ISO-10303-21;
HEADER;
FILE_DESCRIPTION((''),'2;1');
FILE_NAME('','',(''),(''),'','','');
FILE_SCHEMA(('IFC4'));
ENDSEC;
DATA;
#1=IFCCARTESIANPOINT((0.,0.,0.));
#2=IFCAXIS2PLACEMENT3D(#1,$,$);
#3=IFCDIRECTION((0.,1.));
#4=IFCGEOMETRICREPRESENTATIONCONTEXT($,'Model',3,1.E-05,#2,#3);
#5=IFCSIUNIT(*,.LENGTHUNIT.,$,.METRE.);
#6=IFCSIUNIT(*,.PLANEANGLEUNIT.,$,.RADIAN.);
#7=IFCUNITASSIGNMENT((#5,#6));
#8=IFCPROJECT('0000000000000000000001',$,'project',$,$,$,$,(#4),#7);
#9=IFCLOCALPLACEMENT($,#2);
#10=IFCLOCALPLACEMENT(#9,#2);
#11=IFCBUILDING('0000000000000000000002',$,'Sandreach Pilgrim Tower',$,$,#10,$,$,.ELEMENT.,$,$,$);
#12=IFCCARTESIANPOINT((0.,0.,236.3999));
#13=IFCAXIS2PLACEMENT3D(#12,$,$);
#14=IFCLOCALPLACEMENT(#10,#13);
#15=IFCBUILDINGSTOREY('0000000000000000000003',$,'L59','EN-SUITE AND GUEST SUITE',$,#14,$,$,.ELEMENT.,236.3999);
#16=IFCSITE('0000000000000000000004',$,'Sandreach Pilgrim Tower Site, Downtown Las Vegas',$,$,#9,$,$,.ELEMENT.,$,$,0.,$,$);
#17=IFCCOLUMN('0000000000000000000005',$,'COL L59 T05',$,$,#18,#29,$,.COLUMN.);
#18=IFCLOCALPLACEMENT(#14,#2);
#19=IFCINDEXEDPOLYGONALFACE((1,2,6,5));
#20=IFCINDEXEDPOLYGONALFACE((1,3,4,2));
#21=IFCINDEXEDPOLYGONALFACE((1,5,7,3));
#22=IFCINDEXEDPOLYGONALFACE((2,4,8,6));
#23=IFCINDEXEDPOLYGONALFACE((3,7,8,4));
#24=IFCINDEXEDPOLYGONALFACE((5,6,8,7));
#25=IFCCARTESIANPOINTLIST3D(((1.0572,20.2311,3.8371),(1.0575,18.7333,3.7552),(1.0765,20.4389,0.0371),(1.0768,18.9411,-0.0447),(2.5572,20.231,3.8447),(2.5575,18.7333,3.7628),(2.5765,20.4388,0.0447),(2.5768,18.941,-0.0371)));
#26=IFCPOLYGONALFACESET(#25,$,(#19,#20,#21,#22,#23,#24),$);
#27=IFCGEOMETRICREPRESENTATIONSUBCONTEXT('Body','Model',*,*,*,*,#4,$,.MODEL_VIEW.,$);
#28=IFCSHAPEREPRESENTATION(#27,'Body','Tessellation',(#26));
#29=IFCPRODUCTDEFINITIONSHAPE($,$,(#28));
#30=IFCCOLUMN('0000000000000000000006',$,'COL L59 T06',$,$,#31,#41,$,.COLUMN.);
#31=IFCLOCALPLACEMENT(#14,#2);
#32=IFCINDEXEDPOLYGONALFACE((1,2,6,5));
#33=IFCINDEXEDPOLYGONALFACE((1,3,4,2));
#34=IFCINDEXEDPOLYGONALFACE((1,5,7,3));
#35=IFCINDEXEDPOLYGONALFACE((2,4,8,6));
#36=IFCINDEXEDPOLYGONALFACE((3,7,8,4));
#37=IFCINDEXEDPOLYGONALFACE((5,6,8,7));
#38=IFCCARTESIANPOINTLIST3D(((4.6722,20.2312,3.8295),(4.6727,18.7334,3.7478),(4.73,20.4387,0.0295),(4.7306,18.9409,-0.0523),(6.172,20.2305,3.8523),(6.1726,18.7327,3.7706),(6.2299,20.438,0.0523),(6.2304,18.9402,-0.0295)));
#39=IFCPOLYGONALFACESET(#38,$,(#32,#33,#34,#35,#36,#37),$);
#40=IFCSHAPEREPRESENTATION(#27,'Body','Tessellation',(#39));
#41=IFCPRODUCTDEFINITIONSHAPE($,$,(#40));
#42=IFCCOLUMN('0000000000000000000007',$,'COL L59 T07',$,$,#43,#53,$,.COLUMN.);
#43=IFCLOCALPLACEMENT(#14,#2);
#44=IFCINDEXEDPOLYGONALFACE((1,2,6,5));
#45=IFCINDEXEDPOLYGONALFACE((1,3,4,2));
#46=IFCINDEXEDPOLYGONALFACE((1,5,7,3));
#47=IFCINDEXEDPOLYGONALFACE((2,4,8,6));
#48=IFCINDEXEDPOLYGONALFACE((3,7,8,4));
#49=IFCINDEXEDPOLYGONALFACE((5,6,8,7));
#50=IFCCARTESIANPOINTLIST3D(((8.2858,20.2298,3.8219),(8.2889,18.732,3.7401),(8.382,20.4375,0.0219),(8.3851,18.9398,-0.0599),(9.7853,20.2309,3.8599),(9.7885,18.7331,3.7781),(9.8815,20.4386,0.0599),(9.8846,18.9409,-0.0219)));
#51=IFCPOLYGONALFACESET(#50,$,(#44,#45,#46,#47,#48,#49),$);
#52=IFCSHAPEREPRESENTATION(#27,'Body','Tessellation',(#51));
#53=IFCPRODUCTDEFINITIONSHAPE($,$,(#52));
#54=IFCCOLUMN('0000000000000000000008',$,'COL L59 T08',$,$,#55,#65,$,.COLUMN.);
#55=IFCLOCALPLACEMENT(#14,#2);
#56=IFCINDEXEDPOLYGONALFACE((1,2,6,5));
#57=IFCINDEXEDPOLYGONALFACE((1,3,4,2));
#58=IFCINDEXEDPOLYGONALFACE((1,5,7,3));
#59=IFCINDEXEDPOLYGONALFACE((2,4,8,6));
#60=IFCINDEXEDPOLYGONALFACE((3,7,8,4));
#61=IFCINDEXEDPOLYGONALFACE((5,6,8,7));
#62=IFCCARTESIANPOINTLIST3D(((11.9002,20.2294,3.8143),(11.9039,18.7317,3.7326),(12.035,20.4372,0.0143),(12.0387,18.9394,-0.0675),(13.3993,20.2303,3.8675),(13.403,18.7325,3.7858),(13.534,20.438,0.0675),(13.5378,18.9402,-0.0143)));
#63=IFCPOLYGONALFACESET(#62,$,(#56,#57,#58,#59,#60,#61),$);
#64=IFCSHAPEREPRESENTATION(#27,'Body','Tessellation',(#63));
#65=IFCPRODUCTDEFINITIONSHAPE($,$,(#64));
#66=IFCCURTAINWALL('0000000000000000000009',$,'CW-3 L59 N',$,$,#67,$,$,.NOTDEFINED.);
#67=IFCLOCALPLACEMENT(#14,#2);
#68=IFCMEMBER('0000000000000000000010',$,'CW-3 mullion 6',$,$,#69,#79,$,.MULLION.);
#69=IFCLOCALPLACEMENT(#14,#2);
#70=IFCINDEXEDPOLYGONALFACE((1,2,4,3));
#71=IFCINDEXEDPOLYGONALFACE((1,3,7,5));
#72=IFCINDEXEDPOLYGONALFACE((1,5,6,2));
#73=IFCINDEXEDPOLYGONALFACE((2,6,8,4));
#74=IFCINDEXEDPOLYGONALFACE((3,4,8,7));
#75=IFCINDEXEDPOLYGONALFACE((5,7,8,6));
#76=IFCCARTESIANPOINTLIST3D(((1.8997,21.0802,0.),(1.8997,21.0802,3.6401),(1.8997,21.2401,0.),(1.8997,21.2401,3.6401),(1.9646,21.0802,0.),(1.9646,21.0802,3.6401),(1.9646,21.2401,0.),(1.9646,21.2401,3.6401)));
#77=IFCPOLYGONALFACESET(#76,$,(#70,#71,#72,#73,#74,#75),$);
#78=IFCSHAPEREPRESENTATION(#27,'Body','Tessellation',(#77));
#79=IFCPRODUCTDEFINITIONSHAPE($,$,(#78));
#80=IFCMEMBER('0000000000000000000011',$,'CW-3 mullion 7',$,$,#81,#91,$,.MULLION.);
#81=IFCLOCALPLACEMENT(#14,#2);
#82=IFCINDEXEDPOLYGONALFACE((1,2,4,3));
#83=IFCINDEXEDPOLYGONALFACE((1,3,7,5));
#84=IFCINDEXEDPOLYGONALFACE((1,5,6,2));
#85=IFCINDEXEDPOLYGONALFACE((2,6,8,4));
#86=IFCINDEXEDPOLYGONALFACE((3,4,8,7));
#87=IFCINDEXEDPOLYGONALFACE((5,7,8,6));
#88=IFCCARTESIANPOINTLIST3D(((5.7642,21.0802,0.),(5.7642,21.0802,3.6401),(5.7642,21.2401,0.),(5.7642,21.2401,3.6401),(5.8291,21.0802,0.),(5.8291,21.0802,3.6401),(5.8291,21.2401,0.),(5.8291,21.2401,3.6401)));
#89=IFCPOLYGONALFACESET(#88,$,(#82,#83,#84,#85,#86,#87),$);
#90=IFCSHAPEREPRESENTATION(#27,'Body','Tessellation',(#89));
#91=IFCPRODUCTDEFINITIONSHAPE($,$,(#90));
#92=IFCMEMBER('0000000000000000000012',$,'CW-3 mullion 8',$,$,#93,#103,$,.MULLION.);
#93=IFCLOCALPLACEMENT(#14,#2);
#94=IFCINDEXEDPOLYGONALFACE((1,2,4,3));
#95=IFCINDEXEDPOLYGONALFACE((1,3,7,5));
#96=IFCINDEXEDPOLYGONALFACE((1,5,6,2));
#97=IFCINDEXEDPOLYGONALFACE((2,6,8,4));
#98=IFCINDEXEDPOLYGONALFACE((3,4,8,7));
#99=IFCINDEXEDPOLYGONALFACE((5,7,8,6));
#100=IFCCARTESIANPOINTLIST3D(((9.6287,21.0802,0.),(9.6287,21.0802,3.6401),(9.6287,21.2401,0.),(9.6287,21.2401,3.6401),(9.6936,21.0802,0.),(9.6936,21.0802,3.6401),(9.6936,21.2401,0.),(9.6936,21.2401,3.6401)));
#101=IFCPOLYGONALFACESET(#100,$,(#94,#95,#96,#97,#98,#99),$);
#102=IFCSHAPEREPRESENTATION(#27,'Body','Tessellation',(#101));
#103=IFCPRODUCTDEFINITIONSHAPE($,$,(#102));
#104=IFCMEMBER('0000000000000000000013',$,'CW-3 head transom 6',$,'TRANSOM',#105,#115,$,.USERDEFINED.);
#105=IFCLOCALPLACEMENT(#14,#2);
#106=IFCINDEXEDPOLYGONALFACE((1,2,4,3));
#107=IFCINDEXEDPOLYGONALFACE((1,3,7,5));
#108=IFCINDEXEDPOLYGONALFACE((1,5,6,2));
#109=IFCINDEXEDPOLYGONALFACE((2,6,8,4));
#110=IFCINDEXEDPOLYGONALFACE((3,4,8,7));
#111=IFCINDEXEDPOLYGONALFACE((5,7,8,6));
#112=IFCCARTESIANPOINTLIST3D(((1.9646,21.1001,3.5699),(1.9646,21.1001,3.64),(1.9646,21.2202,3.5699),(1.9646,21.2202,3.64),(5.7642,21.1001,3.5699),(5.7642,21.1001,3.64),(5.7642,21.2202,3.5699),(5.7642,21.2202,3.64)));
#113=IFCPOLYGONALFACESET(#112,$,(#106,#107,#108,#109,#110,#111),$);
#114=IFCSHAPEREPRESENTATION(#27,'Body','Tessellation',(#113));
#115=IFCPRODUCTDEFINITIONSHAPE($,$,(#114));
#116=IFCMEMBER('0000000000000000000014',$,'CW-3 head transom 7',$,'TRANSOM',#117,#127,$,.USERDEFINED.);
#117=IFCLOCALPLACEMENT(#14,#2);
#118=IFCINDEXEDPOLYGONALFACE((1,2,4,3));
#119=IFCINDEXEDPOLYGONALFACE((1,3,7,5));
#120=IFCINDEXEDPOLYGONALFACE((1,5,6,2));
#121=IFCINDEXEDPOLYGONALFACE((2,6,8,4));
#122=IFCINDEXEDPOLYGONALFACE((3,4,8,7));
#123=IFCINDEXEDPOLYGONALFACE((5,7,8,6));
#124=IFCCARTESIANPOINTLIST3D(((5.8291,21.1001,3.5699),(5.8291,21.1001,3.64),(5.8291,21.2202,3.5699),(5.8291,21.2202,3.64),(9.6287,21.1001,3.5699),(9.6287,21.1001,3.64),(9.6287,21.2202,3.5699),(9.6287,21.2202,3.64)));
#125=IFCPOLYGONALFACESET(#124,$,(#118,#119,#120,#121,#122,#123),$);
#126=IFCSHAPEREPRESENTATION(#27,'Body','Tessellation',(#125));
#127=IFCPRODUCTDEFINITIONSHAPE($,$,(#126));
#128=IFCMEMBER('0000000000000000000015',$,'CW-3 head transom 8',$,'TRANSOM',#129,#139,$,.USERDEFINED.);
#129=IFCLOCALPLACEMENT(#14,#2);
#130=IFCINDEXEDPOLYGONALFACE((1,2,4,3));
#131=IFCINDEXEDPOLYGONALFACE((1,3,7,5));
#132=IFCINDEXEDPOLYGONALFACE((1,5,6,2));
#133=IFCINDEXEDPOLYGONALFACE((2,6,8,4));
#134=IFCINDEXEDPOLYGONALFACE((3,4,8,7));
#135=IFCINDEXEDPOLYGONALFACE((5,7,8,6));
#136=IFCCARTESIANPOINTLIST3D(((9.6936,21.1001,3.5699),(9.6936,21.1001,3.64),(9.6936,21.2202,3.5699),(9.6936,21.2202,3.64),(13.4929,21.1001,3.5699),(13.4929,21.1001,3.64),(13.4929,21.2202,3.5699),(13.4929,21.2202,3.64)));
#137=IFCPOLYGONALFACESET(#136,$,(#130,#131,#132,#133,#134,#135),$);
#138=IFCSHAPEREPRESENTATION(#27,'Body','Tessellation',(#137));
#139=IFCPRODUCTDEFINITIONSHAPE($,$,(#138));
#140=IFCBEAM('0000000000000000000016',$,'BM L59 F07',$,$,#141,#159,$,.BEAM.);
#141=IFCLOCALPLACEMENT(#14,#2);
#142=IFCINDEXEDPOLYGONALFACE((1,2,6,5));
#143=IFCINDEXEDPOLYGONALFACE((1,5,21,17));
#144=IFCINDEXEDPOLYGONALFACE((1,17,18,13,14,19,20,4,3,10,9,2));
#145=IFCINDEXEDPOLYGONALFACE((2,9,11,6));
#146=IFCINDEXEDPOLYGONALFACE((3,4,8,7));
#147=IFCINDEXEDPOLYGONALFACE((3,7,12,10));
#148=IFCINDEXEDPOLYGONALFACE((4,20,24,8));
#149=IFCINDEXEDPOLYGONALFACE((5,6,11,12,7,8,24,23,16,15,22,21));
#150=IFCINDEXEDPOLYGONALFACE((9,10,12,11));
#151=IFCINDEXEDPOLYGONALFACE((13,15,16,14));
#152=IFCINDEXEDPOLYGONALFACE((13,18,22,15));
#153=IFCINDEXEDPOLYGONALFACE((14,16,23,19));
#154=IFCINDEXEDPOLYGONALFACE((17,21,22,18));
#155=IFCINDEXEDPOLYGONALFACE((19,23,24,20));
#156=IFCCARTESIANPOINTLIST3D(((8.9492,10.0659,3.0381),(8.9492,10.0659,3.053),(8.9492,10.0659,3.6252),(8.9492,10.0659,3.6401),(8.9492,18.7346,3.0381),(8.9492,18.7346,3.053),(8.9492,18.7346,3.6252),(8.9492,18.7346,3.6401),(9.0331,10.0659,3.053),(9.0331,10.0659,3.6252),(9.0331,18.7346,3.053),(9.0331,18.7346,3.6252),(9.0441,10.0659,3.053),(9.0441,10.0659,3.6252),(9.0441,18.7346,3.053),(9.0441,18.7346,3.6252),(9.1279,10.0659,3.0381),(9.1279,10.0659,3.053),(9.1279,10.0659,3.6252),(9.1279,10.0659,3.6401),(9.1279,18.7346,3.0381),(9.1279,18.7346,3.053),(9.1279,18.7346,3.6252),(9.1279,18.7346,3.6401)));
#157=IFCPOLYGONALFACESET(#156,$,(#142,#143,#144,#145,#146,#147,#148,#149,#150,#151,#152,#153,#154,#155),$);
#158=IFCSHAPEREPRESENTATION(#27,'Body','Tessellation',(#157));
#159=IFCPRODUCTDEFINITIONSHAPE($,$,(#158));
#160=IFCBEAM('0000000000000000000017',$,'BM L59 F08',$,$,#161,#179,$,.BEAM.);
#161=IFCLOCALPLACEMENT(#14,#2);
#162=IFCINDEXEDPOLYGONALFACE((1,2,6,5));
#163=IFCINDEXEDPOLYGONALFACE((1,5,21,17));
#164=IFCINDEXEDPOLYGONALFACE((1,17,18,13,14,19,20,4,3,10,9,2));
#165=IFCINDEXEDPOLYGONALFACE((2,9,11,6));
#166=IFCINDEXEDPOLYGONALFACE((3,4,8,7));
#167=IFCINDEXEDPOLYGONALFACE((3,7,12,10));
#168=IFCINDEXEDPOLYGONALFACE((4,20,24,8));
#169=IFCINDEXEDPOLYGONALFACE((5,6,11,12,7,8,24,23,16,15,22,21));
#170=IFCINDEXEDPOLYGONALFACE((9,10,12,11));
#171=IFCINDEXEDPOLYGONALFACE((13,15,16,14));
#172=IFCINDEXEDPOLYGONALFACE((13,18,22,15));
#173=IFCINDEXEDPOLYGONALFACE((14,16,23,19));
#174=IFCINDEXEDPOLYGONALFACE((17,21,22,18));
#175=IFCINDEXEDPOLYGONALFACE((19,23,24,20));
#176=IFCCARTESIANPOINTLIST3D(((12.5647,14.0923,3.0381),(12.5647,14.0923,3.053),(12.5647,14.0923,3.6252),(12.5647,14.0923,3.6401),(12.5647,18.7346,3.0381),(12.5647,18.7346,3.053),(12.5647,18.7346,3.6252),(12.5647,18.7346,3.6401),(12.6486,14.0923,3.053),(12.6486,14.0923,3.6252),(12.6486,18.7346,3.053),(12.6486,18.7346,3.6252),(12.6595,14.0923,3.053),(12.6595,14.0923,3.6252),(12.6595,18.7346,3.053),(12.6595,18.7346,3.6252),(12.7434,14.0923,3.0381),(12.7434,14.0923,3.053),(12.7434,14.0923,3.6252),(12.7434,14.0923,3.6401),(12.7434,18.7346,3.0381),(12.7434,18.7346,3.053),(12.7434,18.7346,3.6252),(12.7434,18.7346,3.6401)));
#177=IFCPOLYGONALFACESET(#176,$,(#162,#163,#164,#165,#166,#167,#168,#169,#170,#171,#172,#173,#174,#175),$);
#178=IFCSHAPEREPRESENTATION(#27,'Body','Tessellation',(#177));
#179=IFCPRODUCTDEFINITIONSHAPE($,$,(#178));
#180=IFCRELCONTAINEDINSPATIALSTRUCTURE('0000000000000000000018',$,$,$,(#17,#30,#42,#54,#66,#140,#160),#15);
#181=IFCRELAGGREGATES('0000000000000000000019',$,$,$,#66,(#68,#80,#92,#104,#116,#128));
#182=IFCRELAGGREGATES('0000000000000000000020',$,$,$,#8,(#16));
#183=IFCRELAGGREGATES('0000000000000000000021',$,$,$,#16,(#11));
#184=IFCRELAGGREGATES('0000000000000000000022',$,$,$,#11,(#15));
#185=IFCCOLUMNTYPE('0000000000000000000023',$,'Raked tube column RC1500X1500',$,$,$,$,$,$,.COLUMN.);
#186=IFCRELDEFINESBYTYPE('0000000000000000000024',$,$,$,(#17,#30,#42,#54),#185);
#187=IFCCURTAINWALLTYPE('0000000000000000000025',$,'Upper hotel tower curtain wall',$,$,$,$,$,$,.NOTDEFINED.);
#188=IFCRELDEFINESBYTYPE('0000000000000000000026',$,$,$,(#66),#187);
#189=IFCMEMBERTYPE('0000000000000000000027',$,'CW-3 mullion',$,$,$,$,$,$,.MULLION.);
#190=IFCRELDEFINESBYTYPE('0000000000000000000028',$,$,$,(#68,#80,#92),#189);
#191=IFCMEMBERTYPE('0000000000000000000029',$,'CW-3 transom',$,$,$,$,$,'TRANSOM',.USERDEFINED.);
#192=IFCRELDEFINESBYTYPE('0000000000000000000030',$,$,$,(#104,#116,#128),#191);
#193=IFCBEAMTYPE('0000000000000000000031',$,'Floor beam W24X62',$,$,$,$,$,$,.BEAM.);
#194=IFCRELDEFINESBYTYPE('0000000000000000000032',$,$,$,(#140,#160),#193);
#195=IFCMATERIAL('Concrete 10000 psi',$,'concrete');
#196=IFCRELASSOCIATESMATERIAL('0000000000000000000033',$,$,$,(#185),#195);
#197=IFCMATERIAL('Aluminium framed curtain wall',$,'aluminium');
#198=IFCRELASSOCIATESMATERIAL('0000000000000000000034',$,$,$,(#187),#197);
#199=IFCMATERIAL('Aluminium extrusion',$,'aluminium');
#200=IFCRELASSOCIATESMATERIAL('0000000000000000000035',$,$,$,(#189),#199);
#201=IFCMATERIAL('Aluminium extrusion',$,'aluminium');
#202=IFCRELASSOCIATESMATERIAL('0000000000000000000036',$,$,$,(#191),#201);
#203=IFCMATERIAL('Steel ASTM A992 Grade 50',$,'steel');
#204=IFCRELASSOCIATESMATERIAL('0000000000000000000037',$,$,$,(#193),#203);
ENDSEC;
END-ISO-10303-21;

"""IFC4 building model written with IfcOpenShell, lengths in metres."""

from ifc_helpers import new_model, si_unit, direction, frame, origin, origin_2d, place, context, subcontext, project, spatial, rectangle, i_section, extrude, material, material_profile, profile_set, type_object, element, aggregate, save


model = new_model("IFC4")

# Units and contexts
model_context = context("Model", 3, precision=1e-05, world=origin(), true_north=direction((0.0, 1.0)))
body_context = subcontext(model_context, "Body", "Model", "MODEL_VIEW")
ifc_project = project(units=[si_unit("LENGTHUNIT", "METRE"), si_unit("PLANEANGLEUNIT", "RADIAN")], contexts=[model_context])

# Site, building, storey
site_placement = place(None, origin())
site = spatial("IfcSite", under=ifc_project, at=site_placement, Name="Sandreach Pilgrim Tower Site, Downtown Las Vegas", CompositionType="ELEMENT", RefElevation=0.0)
building_placement = place(site_placement, origin())
building = spatial("IfcBuilding", under=site, at=building_placement, Name="Sandreach Pilgrim Tower", CompositionType="ELEMENT")
storey_placement = place(building_placement, frame((0.0, 0.0, 236.3999)))
storey = spatial("IfcBuildingStorey", under=building, at=storey_placement, Name="L59", Description="EN-SUITE AND GUEST SUITE", CompositionType="ELEMENT", Elevation=236.3999)

# Columns
ifc_material_1 = material(Name="Concrete 10000 psi", Category="concrete")
ifc_material_profile_1 = material_profile(ifc_material_1, rectangle(XDim=1.5, YDim=1.5, at=origin_2d()), Name="RC1500X1500")
ifc_profile_set_1 = profile_set([ifc_material_profile_1], Name="Concrete 10000 psi")
column_type = type_object("IfcColumnType", Name="Raked tube column RC1500X1500", PredefinedType="COLUMN", material=ifc_profile_set_1)
column_1_placement = place(storey_placement, frame((1.8267, 19.6899, 0.0), z_axis=(-0.005068, -0.054592, 0.998496), x_axis=(-0.000221, 0.998509, 0.054591)))
element("IfcColumn", 1, at=column_1_placement, inside=storey, type_object=column_type, Name="COL L59 T05", PredefinedType="COLUMN", context=body_context, shape_type="SweptSolid", body=[
    extrude(rectangle(XDim=1.5, YDim=1.5, at=origin_2d()), origin(), (0.0, 0.0, 1.0), 3.8057),
])
column_2_placement = place(storey_placement, frame((5.4802, 19.6895, 0.0), z_axis=(-0.015202, -0.054522, 0.998397), x_axis=(-0.000369, 0.998512, 0.054523)))
element("IfcColumn", 2, at=column_2_placement, inside=storey, type_object=column_type, Name="COL L59 T06", PredefinedType="COLUMN", context=body_context, shape_type="SweptSolid", body=[
    extrude(rectangle(XDim=1.5, YDim=1.5, at=origin_2d()), origin(), (0.0, 0.0, 1.0), 3.8062),
])
column_3_placement = place(storey_placement, frame((9.1333, 19.6892, 0.0), z_axis=(-0.025267, -0.054575, 0.99819), x_axis=(-0.002117, 0.998509, 0.054539)))
element("IfcColumn", 3, at=column_3_placement, inside=storey, type_object=column_type, Name="COL L59 T07", PredefinedType="COLUMN", context=body_context, shape_type="SweptSolid", body=[
    extrude(rectangle(XDim=1.5, YDim=1.5, at=origin_2d()), origin(), (0.0, 0.0, 1.0), 3.8069),
])
column_4_placement = place(storey_placement, frame((12.7864, 19.6887, 0.0), z_axis=(-0.035389, -0.054558, 0.997883), x_axis=(-0.002483, 0.99851, 0.054504)))
element("IfcColumn", 4, at=column_4_placement, inside=storey, type_object=column_type, Name="COL L59 T08", PredefinedType="COLUMN", context=body_context, shape_type="SweptSolid", body=[
    extrude(rectangle(XDim=1.5, YDim=1.5, at=origin_2d()), origin(), (0.0, 0.0, 1.0), 3.8081),
])

# Curtain wall, members
ifc_material_2 = material(Name="Aluminium framed curtain wall", Category="aluminium")
curtain_wall_type = type_object("IfcCurtainWallType", Name="Upper hotel tower curtain wall", PredefinedType="NOTDEFINED", material=ifc_material_2)
curtain_wall_placement = place(storey_placement, origin())
curtain_wall = element("IfcCurtainWall", 5, at=curtain_wall_placement, inside=storey, type_object=curtain_wall_type, Name="CW-3 L59 N", PredefinedType="NOTDEFINED")
ifc_material_3 = material(Name="Aluminium extrusion", Category="aluminium")
ifc_material_profile_2 = material_profile(ifc_material_3, rectangle(XDim=0.0649, YDim=0.1599, at=origin_2d()), Name="CW-3M 65X160")
ifc_profile_set_2 = profile_set([ifc_material_profile_2], Name="Aluminium extrusion")
member_type_1 = type_object("IfcMemberType", Name="CW-3 mullion", PredefinedType="MULLION", material=ifc_profile_set_2)
member_1_placement = place(storey_placement, frame((1.9321, 21.1602, 0.0), z_axis=(0.0, 0.0, 1.0), x_axis=(1.0, 0.0, 0.0)))
member_1 = element("IfcMember", 6, at=member_1_placement, type_object=member_type_1, Name="CW-3 mullion 6", PredefinedType="MULLION", context=body_context, shape_type="SweptSolid", body=[
    extrude(rectangle(XDim=0.0649, YDim=0.1599, at=origin_2d()), origin(), (0.0, 0.0, 1.0), 3.6401),
])
member_2_placement = place(storey_placement, frame((5.7966, 21.1602, 0.0), z_axis=(0.0, 0.0, 1.0), x_axis=(1.0, 0.0, 0.0)))
member_2 = element("IfcMember", 7, at=member_2_placement, type_object=member_type_1, Name="CW-3 mullion 7", PredefinedType="MULLION", context=body_context, shape_type="SweptSolid", body=[
    extrude(rectangle(XDim=0.0649, YDim=0.1599, at=origin_2d()), origin(), (0.0, 0.0, 1.0), 3.6401),
])
member_3_placement = place(storey_placement, frame((9.6611, 21.1602, 0.0), z_axis=(0.0, 0.0, 1.0), x_axis=(1.0, 0.0, 0.0)))
member_3 = element("IfcMember", 8, at=member_3_placement, type_object=member_type_1, Name="CW-3 mullion 8", PredefinedType="MULLION", context=body_context, shape_type="SweptSolid", body=[
    extrude(rectangle(XDim=0.0649, YDim=0.1599, at=origin_2d()), origin(), (0.0, 0.0, 1.0), 3.6401),
])
ifc_material_4 = material(Name="Aluminium extrusion", Category="aluminium")
ifc_material_profile_3 = material_profile(ifc_material_4, rectangle(XDim=0.1201, YDim=0.0701, at=origin_2d()), Name="CW-3T 120X70")
ifc_profile_set_3 = profile_set([ifc_material_profile_3], Name="Aluminium extrusion")
member_type_2 = type_object("IfcMemberType", Name="CW-3 transom", ElementType="TRANSOM", PredefinedType="USERDEFINED", material=ifc_profile_set_3)
member_4_placement = place(storey_placement, frame((1.9646, 21.1602, 3.605), z_axis=(1.0, 0.0, 0.0), x_axis=(0.0, 1.0, 0.0)))
member_4 = element("IfcMember", 9, at=member_4_placement, type_object=member_type_2, Name="CW-3 head transom 6", ObjectType="TRANSOM", PredefinedType="USERDEFINED", context=body_context, shape_type="SweptSolid", body=[
    extrude(rectangle(XDim=0.1201, YDim=0.0701, at=origin_2d()), origin(), (0.0, 0.0, 1.0), 3.7996),
])
member_5_placement = place(storey_placement, frame((5.8291, 21.1602, 3.605), z_axis=(1.0, 0.0, 0.0), x_axis=(0.0, 1.0, 0.0)))
member_5 = element("IfcMember", 10, at=member_5_placement, type_object=member_type_2, Name="CW-3 head transom 7", ObjectType="TRANSOM", PredefinedType="USERDEFINED", context=body_context, shape_type="SweptSolid", body=[
    extrude(rectangle(XDim=0.1201, YDim=0.0701, at=origin_2d()), origin(), (0.0, 0.0, 1.0), 3.7996),
])
member_6_placement = place(storey_placement, frame((9.6936, 21.1602, 3.605), z_axis=(1.0, 0.0, 0.0), x_axis=(0.0, 1.0, 0.0)))
member_6 = element("IfcMember", 11, at=member_6_placement, type_object=member_type_2, Name="CW-3 head transom 8", ObjectType="TRANSOM", PredefinedType="USERDEFINED", context=body_context, shape_type="SweptSolid", body=[
    extrude(rectangle(XDim=0.1201, YDim=0.0701, at=origin_2d()), origin(), (0.0, 0.0, 1.0), 3.7993),
])

# Beams
ifc_material_5 = material(Name="Steel ASTM A992 Grade 50", Category="steel")
ifc_material_profile_4 = material_profile(ifc_material_5, i_section(OverallWidth=0.1787, OverallDepth=0.6021, WebThickness=0.011, FlangeThickness=0.0149, at=origin_2d()), Name="W24X62")
ifc_profile_set_4 = profile_set([ifc_material_profile_4], Name="Steel ASTM A992 Grade 50")
beam_type_1 = type_object("IfcBeamType", Name="Floor beam W24X62", PredefinedType="BEAM", material=ifc_profile_set_4)
beam_1_placement = place(storey_placement, frame((9.0386, 18.7346, 3.3391), z_axis=(0.0, -1.0, 0.0), x_axis=(1.0, 0.0, 0.0)))
element("IfcBeam", 12, at=beam_1_placement, inside=storey, type_object=beam_type_1, Name="BM L59 F07", PredefinedType="BEAM", context=body_context, shape_type="SweptSolid", body=[
    extrude(i_section(OverallWidth=0.1787, OverallDepth=0.6021, WebThickness=0.011, FlangeThickness=0.0149, at=origin_2d()), origin(), (0.0, 0.0, 1.0), 8.6687),
])
beam_2_placement = place(storey_placement, frame((12.6541, 18.7346, 3.3391), z_axis=(0.0, -1.0, 0.0), x_axis=(1.0, 0.0, 0.0)))
element("IfcBeam", 13, at=beam_2_placement, inside=storey, type_object=beam_type_1, Name="BM L59 F08", PredefinedType="BEAM", context=body_context, shape_type="SweptSolid", body=[
    extrude(i_section(OverallWidth=0.1787, OverallDepth=0.6021, WebThickness=0.011, FlangeThickness=0.0149, at=origin_2d()), origin(), (0.0, 0.0, 1.0), 4.6423),
])

aggregate(curtain_wall, [member_1, member_2, member_3, member_4, member_5, member_6])

save(model, "model.ifc")
